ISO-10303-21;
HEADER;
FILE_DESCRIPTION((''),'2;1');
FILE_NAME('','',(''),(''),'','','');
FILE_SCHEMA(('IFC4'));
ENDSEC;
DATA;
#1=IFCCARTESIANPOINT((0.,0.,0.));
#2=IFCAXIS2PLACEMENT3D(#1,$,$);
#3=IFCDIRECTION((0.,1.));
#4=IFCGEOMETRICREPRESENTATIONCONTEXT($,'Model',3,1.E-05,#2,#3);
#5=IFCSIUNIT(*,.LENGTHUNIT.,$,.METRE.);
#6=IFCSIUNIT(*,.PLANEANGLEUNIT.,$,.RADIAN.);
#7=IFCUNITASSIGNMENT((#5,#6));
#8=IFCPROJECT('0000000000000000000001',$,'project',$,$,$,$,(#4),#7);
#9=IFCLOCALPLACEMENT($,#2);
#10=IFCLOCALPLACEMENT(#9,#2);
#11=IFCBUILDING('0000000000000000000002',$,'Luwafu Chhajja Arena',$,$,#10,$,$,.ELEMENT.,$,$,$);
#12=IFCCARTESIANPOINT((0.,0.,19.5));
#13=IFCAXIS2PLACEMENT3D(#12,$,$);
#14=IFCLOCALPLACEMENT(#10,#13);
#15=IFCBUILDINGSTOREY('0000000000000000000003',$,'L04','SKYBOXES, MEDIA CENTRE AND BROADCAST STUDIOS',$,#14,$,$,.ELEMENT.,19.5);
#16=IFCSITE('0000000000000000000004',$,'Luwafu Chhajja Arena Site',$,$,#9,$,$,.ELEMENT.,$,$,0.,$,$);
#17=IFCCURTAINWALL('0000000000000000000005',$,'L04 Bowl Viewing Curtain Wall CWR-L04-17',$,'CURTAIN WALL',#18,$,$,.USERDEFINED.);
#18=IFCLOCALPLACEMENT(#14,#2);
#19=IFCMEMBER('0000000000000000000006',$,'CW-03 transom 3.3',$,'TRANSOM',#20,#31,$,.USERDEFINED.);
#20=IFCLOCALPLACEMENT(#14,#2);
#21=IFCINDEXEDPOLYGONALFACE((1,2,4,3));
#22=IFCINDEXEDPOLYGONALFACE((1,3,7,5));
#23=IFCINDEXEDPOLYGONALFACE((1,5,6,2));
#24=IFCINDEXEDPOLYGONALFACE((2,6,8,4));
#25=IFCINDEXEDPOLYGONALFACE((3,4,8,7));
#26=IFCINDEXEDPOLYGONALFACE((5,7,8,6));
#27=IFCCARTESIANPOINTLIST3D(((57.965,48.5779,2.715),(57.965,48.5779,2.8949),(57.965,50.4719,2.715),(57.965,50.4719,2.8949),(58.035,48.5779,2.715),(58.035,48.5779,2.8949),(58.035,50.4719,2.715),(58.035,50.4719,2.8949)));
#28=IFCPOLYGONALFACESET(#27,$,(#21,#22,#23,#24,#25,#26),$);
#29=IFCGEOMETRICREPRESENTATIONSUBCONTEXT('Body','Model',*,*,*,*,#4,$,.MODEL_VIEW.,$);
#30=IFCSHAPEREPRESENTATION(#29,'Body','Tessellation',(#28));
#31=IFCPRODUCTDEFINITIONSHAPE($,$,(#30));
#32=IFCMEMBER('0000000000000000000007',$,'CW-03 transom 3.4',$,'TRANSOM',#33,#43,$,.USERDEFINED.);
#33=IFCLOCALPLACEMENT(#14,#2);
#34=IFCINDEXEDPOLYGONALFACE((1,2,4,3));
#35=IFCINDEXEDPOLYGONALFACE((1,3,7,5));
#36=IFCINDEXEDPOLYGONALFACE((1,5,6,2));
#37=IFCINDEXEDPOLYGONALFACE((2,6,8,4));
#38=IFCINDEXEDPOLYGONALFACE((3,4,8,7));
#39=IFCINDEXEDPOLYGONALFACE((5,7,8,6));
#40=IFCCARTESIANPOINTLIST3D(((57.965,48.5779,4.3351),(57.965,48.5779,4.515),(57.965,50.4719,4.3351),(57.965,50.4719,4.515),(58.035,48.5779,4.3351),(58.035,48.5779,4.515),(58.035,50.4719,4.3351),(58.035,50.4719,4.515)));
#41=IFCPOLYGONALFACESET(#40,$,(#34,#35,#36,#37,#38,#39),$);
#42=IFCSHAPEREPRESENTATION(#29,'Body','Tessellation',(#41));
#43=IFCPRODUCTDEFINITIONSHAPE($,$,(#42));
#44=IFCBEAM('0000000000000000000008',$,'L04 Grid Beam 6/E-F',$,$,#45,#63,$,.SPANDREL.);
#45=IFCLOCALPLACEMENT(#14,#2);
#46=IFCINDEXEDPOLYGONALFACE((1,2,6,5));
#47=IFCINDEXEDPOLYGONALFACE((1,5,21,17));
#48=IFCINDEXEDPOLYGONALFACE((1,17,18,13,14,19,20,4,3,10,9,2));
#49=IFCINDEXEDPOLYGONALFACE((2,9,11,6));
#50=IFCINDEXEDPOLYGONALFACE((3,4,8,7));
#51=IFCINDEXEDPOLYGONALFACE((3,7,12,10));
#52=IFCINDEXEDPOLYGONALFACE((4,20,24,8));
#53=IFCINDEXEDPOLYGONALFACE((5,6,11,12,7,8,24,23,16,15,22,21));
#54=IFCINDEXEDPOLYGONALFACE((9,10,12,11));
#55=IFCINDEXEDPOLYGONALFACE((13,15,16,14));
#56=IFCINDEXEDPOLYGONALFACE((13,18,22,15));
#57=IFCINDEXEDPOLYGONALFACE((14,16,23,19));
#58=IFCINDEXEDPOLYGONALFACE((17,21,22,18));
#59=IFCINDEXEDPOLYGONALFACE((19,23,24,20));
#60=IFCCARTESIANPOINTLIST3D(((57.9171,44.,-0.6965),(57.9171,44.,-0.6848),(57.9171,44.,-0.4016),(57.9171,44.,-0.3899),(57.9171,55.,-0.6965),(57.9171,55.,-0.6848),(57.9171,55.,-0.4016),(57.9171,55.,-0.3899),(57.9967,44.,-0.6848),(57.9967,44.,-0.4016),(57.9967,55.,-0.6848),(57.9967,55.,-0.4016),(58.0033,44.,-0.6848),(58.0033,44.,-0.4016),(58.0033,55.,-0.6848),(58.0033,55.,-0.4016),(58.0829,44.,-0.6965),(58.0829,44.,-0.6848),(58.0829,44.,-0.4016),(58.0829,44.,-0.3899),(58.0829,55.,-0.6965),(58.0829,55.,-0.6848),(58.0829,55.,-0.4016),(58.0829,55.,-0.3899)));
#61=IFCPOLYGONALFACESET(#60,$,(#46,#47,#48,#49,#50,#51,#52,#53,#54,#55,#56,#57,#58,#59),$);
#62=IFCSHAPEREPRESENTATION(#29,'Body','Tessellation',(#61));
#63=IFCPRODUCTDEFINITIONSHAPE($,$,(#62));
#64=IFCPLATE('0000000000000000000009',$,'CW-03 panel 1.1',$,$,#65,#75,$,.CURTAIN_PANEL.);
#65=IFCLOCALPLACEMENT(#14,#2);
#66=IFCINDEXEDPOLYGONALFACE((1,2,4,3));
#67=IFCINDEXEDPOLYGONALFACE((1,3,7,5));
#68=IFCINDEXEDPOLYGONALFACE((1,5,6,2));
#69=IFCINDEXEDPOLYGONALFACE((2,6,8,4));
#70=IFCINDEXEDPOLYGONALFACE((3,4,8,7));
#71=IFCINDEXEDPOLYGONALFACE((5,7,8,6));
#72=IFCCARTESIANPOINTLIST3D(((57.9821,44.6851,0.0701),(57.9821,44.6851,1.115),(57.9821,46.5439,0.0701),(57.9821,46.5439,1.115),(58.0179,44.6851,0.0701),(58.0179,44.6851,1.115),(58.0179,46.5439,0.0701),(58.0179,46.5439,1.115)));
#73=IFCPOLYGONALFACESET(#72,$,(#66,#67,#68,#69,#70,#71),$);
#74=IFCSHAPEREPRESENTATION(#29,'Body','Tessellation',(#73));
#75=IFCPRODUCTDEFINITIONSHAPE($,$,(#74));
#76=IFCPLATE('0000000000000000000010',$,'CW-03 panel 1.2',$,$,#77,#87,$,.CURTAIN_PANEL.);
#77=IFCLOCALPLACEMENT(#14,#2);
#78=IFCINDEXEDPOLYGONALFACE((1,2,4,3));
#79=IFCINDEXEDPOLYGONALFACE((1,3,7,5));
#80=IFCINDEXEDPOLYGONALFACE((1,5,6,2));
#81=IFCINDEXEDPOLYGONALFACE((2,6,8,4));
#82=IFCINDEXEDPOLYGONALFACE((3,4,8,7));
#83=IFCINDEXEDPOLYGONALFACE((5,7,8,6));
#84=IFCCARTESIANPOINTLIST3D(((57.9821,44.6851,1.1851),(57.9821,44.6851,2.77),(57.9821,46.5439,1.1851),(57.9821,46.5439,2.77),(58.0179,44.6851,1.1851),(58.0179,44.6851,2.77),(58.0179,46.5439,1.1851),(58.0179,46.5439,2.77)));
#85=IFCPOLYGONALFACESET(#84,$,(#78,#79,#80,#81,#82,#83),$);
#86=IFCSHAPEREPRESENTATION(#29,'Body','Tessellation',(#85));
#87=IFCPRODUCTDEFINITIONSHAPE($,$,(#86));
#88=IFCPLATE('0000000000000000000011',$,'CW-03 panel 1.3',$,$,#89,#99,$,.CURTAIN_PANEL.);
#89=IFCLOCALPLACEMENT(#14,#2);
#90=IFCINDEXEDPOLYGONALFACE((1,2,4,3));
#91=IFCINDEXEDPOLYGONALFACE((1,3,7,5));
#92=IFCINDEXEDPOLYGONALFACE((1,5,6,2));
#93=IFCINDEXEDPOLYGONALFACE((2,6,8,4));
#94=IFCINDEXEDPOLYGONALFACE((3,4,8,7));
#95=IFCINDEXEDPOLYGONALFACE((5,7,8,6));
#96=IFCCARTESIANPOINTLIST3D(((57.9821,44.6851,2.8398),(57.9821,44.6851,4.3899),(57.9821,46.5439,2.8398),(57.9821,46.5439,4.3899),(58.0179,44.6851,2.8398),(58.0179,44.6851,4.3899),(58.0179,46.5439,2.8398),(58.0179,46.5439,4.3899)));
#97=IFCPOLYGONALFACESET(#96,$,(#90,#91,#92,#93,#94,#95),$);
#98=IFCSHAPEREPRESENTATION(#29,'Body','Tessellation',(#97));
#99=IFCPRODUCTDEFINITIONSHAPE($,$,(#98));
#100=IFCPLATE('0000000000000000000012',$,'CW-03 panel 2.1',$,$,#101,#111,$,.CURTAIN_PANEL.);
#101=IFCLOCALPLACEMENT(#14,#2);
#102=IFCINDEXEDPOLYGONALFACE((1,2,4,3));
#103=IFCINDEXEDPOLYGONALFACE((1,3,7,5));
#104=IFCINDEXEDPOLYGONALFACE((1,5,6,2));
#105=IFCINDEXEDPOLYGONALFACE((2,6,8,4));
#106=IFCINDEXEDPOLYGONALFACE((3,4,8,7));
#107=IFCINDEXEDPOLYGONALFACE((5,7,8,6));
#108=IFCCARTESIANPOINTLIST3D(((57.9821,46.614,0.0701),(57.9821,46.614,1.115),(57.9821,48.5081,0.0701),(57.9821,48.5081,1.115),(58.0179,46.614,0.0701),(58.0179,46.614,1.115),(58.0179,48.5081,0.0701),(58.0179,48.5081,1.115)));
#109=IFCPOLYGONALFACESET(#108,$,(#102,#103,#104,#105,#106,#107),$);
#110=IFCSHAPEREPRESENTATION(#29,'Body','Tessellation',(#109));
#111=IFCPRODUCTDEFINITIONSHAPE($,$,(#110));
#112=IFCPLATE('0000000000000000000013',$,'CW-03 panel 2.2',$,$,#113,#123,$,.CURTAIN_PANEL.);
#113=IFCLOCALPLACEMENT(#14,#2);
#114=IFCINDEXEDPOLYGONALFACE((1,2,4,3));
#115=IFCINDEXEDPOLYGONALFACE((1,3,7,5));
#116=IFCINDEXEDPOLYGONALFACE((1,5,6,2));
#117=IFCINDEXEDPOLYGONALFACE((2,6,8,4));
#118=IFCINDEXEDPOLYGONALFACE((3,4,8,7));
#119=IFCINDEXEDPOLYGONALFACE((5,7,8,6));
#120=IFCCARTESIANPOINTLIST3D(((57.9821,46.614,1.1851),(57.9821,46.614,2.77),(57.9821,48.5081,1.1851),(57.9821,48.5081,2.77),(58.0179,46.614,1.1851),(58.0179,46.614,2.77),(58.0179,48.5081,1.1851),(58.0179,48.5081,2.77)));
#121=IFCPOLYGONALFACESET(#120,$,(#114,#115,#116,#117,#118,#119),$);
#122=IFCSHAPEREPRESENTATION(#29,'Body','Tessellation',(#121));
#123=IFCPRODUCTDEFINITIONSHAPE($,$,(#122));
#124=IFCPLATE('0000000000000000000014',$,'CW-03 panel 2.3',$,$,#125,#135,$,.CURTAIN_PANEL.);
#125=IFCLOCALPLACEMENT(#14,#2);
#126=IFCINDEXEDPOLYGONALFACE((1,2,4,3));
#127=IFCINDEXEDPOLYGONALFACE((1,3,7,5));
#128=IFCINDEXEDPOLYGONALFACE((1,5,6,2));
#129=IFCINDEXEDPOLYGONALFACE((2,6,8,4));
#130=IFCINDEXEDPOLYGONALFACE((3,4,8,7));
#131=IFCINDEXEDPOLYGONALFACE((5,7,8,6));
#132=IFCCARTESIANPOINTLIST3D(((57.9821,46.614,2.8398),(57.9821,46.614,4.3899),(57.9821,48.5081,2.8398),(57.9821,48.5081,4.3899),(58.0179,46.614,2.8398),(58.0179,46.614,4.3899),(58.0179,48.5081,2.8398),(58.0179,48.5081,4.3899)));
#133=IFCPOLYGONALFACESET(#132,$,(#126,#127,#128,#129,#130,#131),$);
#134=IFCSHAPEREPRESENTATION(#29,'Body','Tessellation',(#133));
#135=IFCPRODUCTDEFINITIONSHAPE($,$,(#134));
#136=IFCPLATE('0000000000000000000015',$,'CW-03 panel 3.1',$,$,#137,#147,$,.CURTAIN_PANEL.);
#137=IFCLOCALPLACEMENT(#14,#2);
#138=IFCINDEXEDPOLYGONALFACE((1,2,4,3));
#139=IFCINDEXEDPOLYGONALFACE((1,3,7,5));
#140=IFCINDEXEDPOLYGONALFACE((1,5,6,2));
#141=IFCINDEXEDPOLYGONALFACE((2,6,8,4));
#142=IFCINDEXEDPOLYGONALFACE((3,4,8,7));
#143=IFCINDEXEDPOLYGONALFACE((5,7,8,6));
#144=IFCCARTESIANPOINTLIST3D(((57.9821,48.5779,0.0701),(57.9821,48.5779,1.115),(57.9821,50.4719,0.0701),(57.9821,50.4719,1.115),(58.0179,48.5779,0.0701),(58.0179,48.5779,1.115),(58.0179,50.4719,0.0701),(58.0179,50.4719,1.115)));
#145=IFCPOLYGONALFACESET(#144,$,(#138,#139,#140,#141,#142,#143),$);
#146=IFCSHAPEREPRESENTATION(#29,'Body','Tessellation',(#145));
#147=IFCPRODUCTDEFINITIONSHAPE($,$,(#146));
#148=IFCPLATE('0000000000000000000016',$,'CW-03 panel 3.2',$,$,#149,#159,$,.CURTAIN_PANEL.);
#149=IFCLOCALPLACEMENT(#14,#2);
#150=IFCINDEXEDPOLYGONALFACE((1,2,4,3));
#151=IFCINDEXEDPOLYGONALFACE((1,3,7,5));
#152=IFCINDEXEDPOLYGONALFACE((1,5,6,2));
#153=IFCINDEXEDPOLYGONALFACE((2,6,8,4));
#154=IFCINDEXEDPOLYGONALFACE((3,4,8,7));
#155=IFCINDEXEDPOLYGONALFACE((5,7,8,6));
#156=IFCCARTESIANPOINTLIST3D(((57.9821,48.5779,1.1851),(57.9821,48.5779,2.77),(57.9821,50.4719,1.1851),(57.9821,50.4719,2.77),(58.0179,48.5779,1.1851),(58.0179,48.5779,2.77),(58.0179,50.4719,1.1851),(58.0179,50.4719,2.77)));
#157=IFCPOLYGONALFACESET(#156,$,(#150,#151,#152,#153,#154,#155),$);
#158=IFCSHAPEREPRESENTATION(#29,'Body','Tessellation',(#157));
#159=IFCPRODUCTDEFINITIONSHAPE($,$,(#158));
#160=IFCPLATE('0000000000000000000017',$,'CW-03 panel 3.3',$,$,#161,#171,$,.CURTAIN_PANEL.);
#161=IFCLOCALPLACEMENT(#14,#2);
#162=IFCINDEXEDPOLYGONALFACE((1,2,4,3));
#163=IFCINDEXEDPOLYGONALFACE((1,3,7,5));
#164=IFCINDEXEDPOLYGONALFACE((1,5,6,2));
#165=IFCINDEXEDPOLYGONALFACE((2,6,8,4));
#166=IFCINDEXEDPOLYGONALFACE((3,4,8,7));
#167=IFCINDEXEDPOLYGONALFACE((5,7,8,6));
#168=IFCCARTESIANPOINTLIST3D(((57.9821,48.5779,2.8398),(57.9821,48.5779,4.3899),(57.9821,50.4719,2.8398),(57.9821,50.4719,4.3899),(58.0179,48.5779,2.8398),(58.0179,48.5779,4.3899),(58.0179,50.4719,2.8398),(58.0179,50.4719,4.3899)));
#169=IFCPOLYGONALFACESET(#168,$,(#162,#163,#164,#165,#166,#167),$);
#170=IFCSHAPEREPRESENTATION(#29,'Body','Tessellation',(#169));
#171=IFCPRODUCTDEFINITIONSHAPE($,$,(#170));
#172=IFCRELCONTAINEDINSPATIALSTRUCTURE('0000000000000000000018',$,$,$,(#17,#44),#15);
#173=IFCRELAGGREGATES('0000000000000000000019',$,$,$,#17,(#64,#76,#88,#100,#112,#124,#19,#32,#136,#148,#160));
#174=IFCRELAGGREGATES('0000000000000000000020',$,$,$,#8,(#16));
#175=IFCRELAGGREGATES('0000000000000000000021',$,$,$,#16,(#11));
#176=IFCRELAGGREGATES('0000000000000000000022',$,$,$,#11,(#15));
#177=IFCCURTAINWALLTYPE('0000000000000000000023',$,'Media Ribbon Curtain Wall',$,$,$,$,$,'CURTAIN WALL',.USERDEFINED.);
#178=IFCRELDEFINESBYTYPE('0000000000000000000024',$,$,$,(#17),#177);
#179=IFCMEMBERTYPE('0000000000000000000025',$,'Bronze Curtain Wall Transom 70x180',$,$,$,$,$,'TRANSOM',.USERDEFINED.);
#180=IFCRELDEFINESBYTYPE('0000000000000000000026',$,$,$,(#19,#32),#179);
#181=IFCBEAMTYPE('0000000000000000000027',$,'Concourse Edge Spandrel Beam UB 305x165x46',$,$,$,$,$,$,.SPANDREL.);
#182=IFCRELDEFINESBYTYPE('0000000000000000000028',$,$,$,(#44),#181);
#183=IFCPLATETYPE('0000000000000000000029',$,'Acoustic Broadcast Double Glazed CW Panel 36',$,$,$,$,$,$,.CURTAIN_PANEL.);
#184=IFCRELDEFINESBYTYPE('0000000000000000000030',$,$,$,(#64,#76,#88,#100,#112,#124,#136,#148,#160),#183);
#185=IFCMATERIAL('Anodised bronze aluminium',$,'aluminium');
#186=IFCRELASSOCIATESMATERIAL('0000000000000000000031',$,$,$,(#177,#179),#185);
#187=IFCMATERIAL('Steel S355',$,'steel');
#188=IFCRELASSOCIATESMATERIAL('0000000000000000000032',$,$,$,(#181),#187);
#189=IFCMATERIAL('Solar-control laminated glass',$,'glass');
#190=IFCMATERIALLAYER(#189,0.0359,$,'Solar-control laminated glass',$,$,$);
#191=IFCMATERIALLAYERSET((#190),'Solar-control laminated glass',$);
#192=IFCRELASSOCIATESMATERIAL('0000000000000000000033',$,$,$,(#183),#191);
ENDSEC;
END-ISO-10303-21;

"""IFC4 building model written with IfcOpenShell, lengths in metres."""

from ifc_helpers import new_model, si_unit, direction, frame, origin, origin_2d, place, context, subcontext, project, spatial, rectangle, i_section, extrude, material, layer, layer_set, material_profile, profile_set, type_object, element, aggregate, save


model = new_model("IFC4")

# Units and contexts
model_context = context("Model", 3, precision=1e-05, world=origin(), true_north=direction((0.0, 1.0)))
body_context = subcontext(model_context, "Body", "Model", "MODEL_VIEW")
ifc_project = project(units=[si_unit("LENGTHUNIT", "METRE"), si_unit("PLANEANGLEUNIT", "RADIAN")], contexts=[model_context])

# Site, building, storey
site_placement = place(None, origin())
site = spatial("IfcSite", under=ifc_project, at=site_placement, Name="Luwafu Chhajja Arena Site", CompositionType="ELEMENT", RefElevation=0.0)
building_placement = place(site_placement, origin())
building = spatial("IfcBuilding", under=site, at=building_placement, Name="Luwafu Chhajja Arena", CompositionType="ELEMENT")
storey_placement = place(building_placement, frame((0.0, 0.0, 19.5)))
storey = spatial("IfcBuildingStorey", under=building, at=storey_placement, Name="L04", Description="SKYBOXES, MEDIA CENTRE AND BROADCAST STUDIOS", CompositionType="ELEMENT", Elevation=19.5)

# Curtain wall, members
ifc_material_1 = material(Name="Anodised bronze aluminium", Category="aluminium")
curtain_wall_type = type_object("IfcCurtainWallType", Name="Media Ribbon Curtain Wall", ElementType="CURTAIN WALL", PredefinedType="USERDEFINED", material=ifc_material_1)
curtain_wall_placement = place(storey_placement, origin())
curtain_wall = element("IfcCurtainWall", 1, at=curtain_wall_placement, inside=storey, type_object=curtain_wall_type, Name="L04 Bowl Viewing Curtain Wall CWR-L04-17", ObjectType="CURTAIN WALL", PredefinedType="USERDEFINED")
ifc_material_profile_1 = material_profile(ifc_material_1, rectangle(XDim=0.0701, YDim=0.1799, at=origin_2d()), Name="CWT 70x180")
ifc_profile_set_1 = profile_set([ifc_material_profile_1], Name="Anodised bronze aluminium")
member_type_1 = type_object("IfcMemberType", Name="Bronze Curtain Wall Transom 70x180", ElementType="TRANSOM", PredefinedType="USERDEFINED", material=ifc_profile_set_1)
member_1_placement = place(storey_placement, frame((58.0, 48.5779, 2.8049), z_axis=(0.0, 1.0, 0.0), x_axis=(-1.0, 0.0, 0.0)))
member_1 = element("IfcMember", 2, at=member_1_placement, type_object=member_type_1, Name="CW-03 transom 3.3", ObjectType="TRANSOM", PredefinedType="USERDEFINED", context=body_context, shape_type="SweptSolid", body=[
    extrude(rectangle(XDim=0.0701, YDim=0.1799, at=origin_2d()), origin(), (0.0, 0.0, 1.0), 1.894),
])
member_2_placement = place(storey_placement, frame((58.0, 48.5779, 4.425), z_axis=(0.0, 1.0, 0.0), x_axis=(-1.0, 0.0, 0.0)))
member_2 = element("IfcMember", 3, at=member_2_placement, type_object=member_type_1, Name="CW-03 transom 3.4", ObjectType="TRANSOM", PredefinedType="USERDEFINED", context=body_context, shape_type="SweptSolid", body=[
    extrude(rectangle(XDim=0.0701, YDim=0.1799, at=origin_2d()), origin(), (0.0, 0.0, 1.0), 1.894),
])

# Beam
ifc_material_2 = material(Name="Steel S355", Category="steel")
ifc_material_profile_2 = material_profile(ifc_material_2, i_section(OverallWidth=0.1658, OverallDepth=0.3066, WebThickness=0.0066, FlangeThickness=0.0117, at=origin_2d()), Name="UB 305x165x46")
ifc_profile_set_2 = profile_set([ifc_material_profile_2], Name="Steel S355")
beam_type = type_object("IfcBeamType", Name="Concourse Edge Spandrel Beam UB 305x165x46", PredefinedType="SPANDREL", material=ifc_profile_set_2)
beam_placement = place(storey_placement, frame((58.0, 44.0, -0.5432), z_axis=(0.0, 1.0, 0.0), x_axis=(-1.0, 0.0, 0.0)))
element("IfcBeam", 4, at=beam_placement, inside=storey, type_object=beam_type, Name="L04 Grid Beam 6/E-F", PredefinedType="SPANDREL", context=body_context, shape_type="SweptSolid", body=[
    extrude(i_section(OverallWidth=0.1658, OverallDepth=0.3066, WebThickness=0.0066, FlangeThickness=0.0117, at=origin_2d()), origin(), (0.0, 0.0, 1.0), 11.0),
])

# Plates
ifc_material_3 = material(Name="Solar-control laminated glass", Category="glass")
ifc_layer = layer(ifc_material_3, 0.0359, Name="Solar-control laminated glass")
ifc_layer_set = layer_set([ifc_layer], Name="Solar-control laminated glass")
plate_type = type_object("IfcPlateType", Name="Acoustic Broadcast Double Glazed CW Panel 36", PredefinedType="CURTAIN_PANEL", material=ifc_layer_set)
plate_1_placement = place(storey_placement, frame((58.0, 45.6145, 0.0701), z_axis=(0.0, 0.0, 1.0), x_axis=(0.0, 1.0, 0.0)))
plate_1 = element("IfcPlate", 5, at=plate_1_placement, type_object=plate_type, Name="CW-03 panel 1.1", PredefinedType="CURTAIN_PANEL", context=body_context, shape_type="SweptSolid", body=[
    extrude(rectangle(XDim=1.8589, YDim=0.0359, at=origin_2d()), origin(), (0.0, 0.0, 1.0), 1.0449),
])
plate_2_placement = place(storey_placement, frame((58.0, 45.6145, 1.1851), z_axis=(0.0, 0.0, 1.0), x_axis=(0.0, 1.0, 0.0)))
plate_2 = element("IfcPlate", 6, at=plate_2_placement, type_object=plate_type, Name="CW-03 panel 1.2", PredefinedType="CURTAIN_PANEL", context=body_context, shape_type="SweptSolid", body=[
    extrude(rectangle(XDim=1.8589, YDim=0.0359, at=origin_2d()), origin(), (0.0, 0.0, 1.0), 1.585),
])
plate_3_placement = place(storey_placement, frame((58.0, 45.6145, 2.8398), z_axis=(0.0, 0.0, 1.0), x_axis=(0.0, 1.0, 0.0)))
plate_3 = element("IfcPlate", 7, at=plate_3_placement, type_object=plate_type, Name="CW-03 panel 1.3", PredefinedType="CURTAIN_PANEL", context=body_context, shape_type="SweptSolid", body=[
    extrude(rectangle(XDim=1.8589, YDim=0.0359, at=origin_2d()), origin(), (0.0, 0.0, 1.0), 1.55),
])
plate_4_placement = place(storey_placement, frame((58.0, 47.561, 0.0701), z_axis=(0.0, 0.0, 1.0), x_axis=(0.0, 1.0, 0.0)))
plate_4 = element("IfcPlate", 8, at=plate_4_placement, type_object=plate_type, Name="CW-03 panel 2.1", PredefinedType="CURTAIN_PANEL", context=body_context, shape_type="SweptSolid", body=[
    extrude(rectangle(XDim=1.894, YDim=0.0359, at=origin_2d()), origin(), (0.0, 0.0, 1.0), 1.0449),
])
plate_5_placement = place(storey_placement, frame((58.0, 47.561, 1.1851), z_axis=(0.0, 0.0, 1.0), x_axis=(0.0, 1.0, 0.0)))
plate_5 = element("IfcPlate", 9, at=plate_5_placement, type_object=plate_type, Name="CW-03 panel 2.2", PredefinedType="CURTAIN_PANEL", context=body_context, shape_type="SweptSolid", body=[
    extrude(rectangle(XDim=1.894, YDim=0.0359, at=origin_2d()), origin(), (0.0, 0.0, 1.0), 1.585),
])
plate_6_placement = place(storey_placement, frame((58.0, 47.561, 2.8398), z_axis=(0.0, 0.0, 1.0), x_axis=(0.0, 1.0, 0.0)))
plate_6 = element("IfcPlate", 10, at=plate_6_placement, type_object=plate_type, Name="CW-03 panel 2.3", PredefinedType="CURTAIN_PANEL", context=body_context, shape_type="SweptSolid", body=[
    extrude(rectangle(XDim=1.894, YDim=0.0359, at=origin_2d()), origin(), (0.0, 0.0, 1.0), 1.55),
])
plate_7_placement = place(storey_placement, frame((58.0, 49.5249, 0.0701), z_axis=(0.0, 0.0, 1.0), x_axis=(0.0, 1.0, 0.0)))
plate_7 = element("IfcPlate", 11, at=plate_7_placement, type_object=plate_type, Name="CW-03 panel 3.1", PredefinedType="CURTAIN_PANEL", context=body_context, shape_type="SweptSolid", body=[
    extrude(rectangle(XDim=1.894, YDim=0.0359, at=origin_2d()), origin(), (0.0, 0.0, 1.0), 1.0449),
])
plate_8_placement = place(storey_placement, frame((58.0, 49.5249, 1.1851), z_axis=(0.0, 0.0, 1.0), x_axis=(0.0, 1.0, 0.0)))
plate_8 = element("IfcPlate", 12, at=plate_8_placement, type_object=plate_type, Name="CW-03 panel 3.2", PredefinedType="CURTAIN_PANEL", context=body_context, shape_type="SweptSolid", body=[
    extrude(rectangle(XDim=1.894, YDim=0.0359, at=origin_2d()), origin(), (0.0, 0.0, 1.0), 1.585),
])
plate_9_placement = place(storey_placement, frame((58.0, 49.5249, 2.8398), z_axis=(0.0, 0.0, 1.0), x_axis=(0.0, 1.0, 0.0)))
plate_9 = element("IfcPlate", 13, at=plate_9_placement, type_object=plate_type, Name="CW-03 panel 3.3", PredefinedType="CURTAIN_PANEL", context=body_context, shape_type="SweptSolid", body=[
    extrude(rectangle(XDim=1.894, YDim=0.0359, at=origin_2d()), origin(), (0.0, 0.0, 1.0), 1.55),
])
aggregate(curtain_wall, [plate_1, plate_2, plate_3, plate_4, plate_5, plate_6, member_1, member_2, plate_7, plate_8, plate_9])

save(model, "model.ifc")
